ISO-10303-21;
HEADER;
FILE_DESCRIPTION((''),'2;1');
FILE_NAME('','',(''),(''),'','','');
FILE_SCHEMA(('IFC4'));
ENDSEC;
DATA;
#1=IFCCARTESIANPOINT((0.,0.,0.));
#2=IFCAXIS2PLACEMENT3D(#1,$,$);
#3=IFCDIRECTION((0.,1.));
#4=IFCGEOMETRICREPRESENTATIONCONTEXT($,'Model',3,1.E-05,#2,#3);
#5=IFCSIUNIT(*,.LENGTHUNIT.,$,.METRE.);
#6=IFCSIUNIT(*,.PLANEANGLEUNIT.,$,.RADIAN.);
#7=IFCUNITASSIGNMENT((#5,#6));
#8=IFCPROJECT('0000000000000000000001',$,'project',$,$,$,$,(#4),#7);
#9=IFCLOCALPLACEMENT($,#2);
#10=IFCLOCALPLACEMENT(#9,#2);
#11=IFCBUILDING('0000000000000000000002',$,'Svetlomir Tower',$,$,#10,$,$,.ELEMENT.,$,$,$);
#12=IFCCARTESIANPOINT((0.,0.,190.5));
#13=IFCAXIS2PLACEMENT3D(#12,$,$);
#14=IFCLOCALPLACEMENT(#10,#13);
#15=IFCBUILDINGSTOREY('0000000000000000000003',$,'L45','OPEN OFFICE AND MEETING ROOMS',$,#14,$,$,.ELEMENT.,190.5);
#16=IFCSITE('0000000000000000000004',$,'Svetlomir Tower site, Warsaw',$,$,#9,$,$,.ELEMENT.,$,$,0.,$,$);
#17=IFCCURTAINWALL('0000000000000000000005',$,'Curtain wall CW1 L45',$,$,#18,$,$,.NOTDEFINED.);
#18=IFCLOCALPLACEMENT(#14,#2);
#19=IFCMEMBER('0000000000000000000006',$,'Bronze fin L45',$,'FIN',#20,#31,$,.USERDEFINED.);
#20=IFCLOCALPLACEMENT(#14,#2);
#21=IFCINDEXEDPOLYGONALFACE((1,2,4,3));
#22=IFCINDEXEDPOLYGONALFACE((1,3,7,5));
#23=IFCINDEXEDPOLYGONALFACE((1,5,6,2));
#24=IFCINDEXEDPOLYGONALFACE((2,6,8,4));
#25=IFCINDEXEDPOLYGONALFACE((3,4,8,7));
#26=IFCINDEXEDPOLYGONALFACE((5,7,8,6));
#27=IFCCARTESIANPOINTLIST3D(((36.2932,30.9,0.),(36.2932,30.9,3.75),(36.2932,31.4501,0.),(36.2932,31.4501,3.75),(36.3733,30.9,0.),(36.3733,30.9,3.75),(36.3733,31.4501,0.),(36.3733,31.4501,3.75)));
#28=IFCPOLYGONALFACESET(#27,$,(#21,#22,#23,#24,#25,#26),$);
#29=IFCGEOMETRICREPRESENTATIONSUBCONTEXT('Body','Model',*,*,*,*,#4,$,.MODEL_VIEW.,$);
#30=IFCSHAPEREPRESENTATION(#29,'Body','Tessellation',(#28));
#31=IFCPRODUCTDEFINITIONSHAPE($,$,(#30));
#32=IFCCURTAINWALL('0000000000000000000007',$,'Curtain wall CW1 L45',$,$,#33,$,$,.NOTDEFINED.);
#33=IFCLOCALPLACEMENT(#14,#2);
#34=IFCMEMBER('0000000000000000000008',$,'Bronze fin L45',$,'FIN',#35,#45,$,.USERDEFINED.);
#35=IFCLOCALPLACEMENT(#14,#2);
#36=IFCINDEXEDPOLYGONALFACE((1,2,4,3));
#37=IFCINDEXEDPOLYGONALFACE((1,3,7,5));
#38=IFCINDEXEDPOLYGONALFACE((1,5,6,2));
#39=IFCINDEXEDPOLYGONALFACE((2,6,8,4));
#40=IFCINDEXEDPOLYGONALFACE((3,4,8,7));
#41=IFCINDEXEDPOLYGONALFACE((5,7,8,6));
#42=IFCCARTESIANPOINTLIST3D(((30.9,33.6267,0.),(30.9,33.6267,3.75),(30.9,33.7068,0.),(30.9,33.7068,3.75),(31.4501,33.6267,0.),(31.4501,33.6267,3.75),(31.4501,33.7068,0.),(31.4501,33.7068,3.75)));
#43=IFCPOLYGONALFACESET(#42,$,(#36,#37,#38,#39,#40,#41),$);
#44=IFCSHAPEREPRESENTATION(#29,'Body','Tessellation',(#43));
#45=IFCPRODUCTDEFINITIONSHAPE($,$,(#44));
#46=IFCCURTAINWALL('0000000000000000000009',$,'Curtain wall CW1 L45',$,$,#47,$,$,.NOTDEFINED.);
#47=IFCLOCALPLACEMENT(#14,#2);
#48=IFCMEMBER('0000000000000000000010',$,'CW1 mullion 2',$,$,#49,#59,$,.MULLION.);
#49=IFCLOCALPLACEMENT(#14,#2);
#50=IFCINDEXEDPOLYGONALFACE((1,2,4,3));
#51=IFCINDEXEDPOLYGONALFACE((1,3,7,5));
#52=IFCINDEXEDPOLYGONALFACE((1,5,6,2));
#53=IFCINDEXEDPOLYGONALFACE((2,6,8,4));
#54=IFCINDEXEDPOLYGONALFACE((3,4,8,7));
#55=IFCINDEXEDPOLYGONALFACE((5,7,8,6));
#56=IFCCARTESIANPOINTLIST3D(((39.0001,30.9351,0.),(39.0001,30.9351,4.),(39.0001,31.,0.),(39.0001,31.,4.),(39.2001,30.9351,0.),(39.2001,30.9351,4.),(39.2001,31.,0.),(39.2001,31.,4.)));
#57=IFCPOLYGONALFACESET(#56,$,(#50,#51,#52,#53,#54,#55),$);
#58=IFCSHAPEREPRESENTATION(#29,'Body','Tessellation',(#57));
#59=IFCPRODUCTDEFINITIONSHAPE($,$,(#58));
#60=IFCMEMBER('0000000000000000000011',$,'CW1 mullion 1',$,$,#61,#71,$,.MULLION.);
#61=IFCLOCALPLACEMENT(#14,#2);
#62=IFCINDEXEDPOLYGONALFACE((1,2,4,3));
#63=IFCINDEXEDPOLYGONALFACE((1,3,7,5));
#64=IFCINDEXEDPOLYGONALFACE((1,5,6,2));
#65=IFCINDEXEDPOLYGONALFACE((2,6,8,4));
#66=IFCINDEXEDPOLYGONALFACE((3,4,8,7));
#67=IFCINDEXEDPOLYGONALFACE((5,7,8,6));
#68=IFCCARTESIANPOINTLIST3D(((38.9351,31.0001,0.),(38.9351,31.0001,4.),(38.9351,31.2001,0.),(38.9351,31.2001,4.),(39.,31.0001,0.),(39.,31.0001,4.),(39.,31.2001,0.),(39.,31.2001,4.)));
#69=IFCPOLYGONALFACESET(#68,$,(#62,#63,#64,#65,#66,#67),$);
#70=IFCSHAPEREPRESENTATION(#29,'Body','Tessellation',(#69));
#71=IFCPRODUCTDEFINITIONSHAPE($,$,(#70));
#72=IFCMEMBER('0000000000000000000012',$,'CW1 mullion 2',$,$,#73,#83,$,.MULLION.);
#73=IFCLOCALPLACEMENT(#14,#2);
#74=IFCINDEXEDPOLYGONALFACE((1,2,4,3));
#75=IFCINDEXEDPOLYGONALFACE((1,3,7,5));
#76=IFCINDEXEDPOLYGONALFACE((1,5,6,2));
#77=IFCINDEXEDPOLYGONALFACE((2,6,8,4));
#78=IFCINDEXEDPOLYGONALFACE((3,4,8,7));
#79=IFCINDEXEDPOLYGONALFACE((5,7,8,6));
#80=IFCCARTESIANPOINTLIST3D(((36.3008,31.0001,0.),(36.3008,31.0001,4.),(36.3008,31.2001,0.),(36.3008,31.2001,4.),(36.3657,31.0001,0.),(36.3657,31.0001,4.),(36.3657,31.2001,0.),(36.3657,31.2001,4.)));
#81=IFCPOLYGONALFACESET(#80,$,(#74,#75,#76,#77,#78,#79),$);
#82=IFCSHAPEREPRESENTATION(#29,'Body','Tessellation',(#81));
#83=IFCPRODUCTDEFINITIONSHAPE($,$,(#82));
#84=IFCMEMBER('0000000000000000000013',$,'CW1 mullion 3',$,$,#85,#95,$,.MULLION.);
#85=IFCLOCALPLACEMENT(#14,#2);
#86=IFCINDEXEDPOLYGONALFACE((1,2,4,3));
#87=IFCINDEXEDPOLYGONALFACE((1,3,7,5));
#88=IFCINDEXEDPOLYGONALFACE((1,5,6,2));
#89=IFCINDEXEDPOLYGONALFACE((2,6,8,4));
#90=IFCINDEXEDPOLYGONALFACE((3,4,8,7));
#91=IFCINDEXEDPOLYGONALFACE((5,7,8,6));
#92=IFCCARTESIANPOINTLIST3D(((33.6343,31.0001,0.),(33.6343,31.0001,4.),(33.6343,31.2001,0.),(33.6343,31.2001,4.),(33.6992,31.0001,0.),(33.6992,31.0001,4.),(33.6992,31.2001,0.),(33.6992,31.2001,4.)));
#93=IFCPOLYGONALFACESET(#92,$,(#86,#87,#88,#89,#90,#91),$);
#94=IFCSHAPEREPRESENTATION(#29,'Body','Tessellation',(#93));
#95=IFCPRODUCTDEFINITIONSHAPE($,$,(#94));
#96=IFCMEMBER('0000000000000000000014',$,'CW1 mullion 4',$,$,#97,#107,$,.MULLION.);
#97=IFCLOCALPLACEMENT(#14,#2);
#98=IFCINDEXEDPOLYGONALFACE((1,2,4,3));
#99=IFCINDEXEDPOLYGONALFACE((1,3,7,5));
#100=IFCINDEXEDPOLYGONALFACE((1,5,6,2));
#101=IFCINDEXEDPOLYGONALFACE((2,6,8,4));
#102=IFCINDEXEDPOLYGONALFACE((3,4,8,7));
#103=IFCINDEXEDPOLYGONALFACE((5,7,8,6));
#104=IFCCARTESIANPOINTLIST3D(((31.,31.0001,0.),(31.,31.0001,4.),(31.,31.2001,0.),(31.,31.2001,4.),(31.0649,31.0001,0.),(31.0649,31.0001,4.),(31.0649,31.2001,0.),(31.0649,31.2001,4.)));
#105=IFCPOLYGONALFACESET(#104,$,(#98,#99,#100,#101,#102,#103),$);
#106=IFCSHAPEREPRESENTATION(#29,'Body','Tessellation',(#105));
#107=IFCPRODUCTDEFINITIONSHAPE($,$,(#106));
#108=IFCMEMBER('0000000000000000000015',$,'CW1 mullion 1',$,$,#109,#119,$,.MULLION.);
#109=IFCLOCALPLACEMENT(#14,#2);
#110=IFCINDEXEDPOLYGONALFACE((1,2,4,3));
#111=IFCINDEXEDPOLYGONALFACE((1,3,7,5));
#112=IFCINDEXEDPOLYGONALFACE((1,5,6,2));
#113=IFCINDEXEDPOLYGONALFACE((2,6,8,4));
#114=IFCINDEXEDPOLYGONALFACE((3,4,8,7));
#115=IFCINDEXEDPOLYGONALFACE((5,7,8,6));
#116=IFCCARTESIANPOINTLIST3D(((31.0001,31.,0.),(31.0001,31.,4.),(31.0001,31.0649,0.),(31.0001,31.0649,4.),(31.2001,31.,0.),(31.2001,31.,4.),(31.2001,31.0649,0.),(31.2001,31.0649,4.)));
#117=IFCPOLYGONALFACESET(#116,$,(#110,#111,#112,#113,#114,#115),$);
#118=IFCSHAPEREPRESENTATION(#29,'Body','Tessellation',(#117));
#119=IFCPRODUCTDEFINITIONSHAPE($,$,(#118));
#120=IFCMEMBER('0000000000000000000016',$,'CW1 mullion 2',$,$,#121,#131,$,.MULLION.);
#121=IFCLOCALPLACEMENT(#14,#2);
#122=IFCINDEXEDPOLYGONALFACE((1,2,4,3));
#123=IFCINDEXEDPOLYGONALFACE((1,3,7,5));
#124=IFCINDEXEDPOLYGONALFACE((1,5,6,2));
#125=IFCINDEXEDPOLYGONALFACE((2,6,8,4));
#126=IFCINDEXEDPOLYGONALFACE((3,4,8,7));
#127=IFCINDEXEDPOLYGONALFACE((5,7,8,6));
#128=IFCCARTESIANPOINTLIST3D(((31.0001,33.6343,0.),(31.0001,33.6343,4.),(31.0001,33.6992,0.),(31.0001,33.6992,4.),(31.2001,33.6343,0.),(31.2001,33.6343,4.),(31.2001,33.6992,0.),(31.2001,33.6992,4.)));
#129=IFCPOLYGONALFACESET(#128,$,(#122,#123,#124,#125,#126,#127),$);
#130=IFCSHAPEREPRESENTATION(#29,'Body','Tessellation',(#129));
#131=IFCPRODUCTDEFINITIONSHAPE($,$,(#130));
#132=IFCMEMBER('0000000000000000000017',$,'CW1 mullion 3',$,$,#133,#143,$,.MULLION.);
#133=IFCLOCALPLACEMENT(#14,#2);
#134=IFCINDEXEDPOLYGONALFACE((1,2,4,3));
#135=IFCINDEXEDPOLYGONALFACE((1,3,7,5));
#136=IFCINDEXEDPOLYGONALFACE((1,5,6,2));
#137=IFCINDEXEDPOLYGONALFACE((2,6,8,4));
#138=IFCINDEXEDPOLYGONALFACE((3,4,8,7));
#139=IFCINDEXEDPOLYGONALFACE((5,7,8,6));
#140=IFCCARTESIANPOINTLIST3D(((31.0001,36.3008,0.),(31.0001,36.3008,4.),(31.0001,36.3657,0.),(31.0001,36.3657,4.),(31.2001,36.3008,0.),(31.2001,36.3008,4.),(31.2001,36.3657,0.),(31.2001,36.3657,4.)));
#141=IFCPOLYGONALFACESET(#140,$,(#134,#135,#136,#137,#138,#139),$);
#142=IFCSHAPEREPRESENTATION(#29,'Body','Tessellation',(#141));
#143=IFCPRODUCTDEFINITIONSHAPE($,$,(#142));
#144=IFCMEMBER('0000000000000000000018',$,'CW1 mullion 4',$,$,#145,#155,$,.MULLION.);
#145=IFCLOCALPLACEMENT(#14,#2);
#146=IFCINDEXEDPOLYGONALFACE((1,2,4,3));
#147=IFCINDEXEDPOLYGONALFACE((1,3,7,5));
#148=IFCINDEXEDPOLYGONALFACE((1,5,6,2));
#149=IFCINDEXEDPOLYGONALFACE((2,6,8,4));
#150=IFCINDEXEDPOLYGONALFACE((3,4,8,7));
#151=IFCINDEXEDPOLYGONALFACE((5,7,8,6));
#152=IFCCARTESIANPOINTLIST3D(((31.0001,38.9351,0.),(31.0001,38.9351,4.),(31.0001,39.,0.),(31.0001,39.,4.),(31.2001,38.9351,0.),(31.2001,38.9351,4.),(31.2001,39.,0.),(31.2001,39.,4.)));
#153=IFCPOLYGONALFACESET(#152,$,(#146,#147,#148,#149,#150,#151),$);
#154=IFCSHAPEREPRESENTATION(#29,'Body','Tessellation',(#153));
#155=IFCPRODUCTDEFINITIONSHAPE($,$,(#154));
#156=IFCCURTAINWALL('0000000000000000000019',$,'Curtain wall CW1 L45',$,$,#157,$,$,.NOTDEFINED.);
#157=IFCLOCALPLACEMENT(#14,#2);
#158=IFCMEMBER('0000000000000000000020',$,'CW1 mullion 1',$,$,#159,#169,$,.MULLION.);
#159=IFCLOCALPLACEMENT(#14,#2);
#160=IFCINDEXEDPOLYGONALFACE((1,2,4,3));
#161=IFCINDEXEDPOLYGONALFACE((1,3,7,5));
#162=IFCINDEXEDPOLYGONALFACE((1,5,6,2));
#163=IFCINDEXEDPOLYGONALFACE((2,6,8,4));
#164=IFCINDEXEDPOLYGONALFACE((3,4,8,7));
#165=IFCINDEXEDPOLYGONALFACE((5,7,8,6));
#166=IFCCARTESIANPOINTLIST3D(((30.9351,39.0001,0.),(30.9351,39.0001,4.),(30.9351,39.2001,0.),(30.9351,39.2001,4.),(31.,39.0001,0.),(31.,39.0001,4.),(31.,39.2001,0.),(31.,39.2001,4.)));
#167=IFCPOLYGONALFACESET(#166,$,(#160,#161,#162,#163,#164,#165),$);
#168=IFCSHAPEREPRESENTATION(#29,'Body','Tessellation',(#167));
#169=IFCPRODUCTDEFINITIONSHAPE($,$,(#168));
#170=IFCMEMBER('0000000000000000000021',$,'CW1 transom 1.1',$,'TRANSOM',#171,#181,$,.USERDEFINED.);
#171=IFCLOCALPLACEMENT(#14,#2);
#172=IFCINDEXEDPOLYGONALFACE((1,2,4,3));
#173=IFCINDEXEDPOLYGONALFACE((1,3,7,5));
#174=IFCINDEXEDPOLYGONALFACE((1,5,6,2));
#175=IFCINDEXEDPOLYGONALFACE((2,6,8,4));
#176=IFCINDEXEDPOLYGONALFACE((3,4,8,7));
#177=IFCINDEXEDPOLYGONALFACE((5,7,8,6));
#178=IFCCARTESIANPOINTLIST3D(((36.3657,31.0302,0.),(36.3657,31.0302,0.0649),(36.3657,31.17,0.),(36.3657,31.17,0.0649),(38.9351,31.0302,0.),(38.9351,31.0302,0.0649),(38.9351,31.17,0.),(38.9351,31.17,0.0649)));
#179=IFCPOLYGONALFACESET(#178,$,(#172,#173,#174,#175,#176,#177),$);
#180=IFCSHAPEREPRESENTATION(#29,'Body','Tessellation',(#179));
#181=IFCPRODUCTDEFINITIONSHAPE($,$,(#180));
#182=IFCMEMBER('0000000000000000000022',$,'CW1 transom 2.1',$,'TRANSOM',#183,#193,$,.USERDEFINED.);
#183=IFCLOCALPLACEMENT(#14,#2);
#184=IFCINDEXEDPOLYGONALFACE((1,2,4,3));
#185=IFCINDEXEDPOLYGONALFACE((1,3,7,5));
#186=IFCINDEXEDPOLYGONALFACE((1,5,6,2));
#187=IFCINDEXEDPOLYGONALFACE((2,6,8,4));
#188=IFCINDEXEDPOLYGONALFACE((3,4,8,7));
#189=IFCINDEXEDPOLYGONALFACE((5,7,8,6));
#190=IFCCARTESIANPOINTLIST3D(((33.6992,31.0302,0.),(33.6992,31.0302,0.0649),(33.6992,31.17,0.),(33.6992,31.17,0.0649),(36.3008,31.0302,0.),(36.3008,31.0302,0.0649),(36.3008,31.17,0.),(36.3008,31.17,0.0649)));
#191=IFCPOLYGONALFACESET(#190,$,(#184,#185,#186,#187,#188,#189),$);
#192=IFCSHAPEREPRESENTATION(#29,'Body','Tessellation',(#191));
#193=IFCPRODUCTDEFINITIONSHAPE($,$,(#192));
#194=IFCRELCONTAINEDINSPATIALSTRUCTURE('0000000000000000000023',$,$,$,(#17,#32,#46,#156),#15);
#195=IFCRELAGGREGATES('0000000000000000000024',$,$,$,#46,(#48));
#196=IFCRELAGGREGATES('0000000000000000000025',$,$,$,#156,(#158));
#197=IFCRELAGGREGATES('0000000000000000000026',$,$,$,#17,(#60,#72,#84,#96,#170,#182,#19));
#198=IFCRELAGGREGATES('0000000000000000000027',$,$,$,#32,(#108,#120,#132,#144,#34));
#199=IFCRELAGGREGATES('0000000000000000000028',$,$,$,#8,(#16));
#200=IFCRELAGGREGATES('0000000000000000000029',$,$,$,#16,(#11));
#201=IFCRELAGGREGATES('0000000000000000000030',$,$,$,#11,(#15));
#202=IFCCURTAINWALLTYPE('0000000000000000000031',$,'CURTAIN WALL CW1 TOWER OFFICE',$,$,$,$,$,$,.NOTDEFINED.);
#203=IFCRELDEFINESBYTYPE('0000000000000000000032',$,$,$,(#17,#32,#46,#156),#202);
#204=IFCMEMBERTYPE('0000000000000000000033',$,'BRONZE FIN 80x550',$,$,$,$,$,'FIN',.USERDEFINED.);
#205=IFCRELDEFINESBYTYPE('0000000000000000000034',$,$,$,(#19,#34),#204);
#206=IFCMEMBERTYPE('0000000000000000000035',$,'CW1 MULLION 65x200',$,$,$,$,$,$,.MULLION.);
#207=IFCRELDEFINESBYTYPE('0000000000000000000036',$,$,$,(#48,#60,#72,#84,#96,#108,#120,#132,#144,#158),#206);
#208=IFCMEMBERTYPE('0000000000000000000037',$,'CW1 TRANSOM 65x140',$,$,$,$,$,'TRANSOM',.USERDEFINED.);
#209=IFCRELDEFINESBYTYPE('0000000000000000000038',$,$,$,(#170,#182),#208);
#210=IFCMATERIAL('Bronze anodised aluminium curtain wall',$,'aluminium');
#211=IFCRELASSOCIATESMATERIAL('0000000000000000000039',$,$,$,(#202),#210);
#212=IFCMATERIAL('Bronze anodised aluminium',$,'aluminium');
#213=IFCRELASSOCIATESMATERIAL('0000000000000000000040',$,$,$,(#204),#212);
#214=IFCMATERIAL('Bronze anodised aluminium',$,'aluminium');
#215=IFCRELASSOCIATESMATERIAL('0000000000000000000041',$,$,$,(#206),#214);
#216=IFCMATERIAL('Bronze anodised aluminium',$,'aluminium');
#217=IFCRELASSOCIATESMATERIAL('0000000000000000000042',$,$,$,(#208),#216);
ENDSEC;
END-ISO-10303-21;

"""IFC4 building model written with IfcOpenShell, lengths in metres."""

from ifc_helpers import new_model, si_unit, direction, frame, origin, origin_2d, place, context, subcontext, project, spatial, rectangle, extrude, material, material_profile, profile_set, type_object, element, aggregate, save


model = new_model("IFC4")

# Units and contexts
model_context = context("Model", 3, precision=1e-05, world=origin(), true_north=direction((0.0, 1.0)))
body_context = subcontext(model_context, "Body", "Model", "MODEL_VIEW")
ifc_project = project(units=[si_unit("LENGTHUNIT", "METRE"), si_unit("PLANEANGLEUNIT", "RADIAN")], contexts=[model_context])

# Site, building, storey
site_placement = place(None, origin())
site = spatial("IfcSite", under=ifc_project, at=site_placement, Name="Svetlomir Tower site, Warsaw", CompositionType="ELEMENT", RefElevation=0.0)
building_placement = place(site_placement, origin())
building = spatial("IfcBuilding", under=site, at=building_placement, Name="Svetlomir Tower", CompositionType="ELEMENT")
storey_placement = place(building_placement, frame((0.0, 0.0, 190.5)))
storey = spatial("IfcBuildingStorey", under=building, at=storey_placement, Name="L45", Description="OPEN OFFICE AND MEETING ROOMS", CompositionType="ELEMENT", Elevation=190.5)

# Curtain walls, members
ifc_material_1 = material(Name="Bronze anodised aluminium curtain wall", Category="aluminium")
curtain_wall_type = type_object("IfcCurtainWallType", Name="CURTAIN WALL CW1 TOWER OFFICE", PredefinedType="NOTDEFINED", material=ifc_material_1)
curtain_wall_1_placement = place(storey_placement, origin())
curtain_wall_1 = element("IfcCurtainWall", 1, at=curtain_wall_1_placement, inside=storey, type_object=curtain_wall_type, Name="Curtain wall CW1 L45", PredefinedType="NOTDEFINED")
ifc_material_2 = material(Name="Bronze anodised aluminium", Category="aluminium")
ifc_material_profile_1 = material_profile(ifc_material_2, rectangle(XDim=0.0801, YDim=0.55, at=origin_2d()), Name="FIN 80x550")
ifc_profile_set_1 = profile_set([ifc_material_profile_1], Name="Bronze anodised aluminium 6063-T6")
member_type_1 = type_object("IfcMemberType", Name="BRONZE FIN 80x550", ElementType="FIN", PredefinedType="USERDEFINED", material=ifc_profile_set_1)
member_1_placement = place(storey_placement, frame((36.3333, 31.175, 0.0), z_axis=(0.0, 0.0, 1.0), x_axis=(1.0, 0.0, 0.0)))
member_1 = element("IfcMember", 2, at=member_1_placement, type_object=member_type_1, Name="Bronze fin L45", ObjectType="FIN", PredefinedType="USERDEFINED", context=body_context, shape_type="SweptSolid", body=[
    extrude(rectangle(XDim=0.0801, YDim=0.55, at=origin_2d()), origin(), (0.0, 0.0, 1.0), 3.75),
])
curtain_wall_2_placement = place(storey_placement, origin())
curtain_wall_2 = element("IfcCurtainWall", 3, at=curtain_wall_2_placement, inside=storey, type_object=curtain_wall_type, Name="Curtain wall CW1 L45", PredefinedType="NOTDEFINED")
member_2_placement = place(storey_placement, frame((31.175, 33.6667, 0.0), z_axis=(0.0, 0.0, 1.0), x_axis=(0.0, 1.0, 0.0)))
member_2 = element("IfcMember", 4, at=member_2_placement, type_object=member_type_1, Name="Bronze fin L45", ObjectType="FIN", PredefinedType="USERDEFINED", context=body_context, shape_type="SweptSolid", body=[
    extrude(rectangle(XDim=0.0801, YDim=0.55, at=origin_2d()), origin(), (0.0, 0.0, 1.0), 3.75),
])
curtain_wall_3_placement = place(storey_placement, origin())
curtain_wall_3 = element("IfcCurtainWall", 5, at=curtain_wall_3_placement, inside=storey, type_object=curtain_wall_type, Name="Curtain wall CW1 L45", PredefinedType="NOTDEFINED")
ifc_material_3 = material(Name="Bronze anodised aluminium", Category="aluminium")
ifc_material_profile_2 = material_profile(ifc_material_3, rectangle(XDim=0.0649, YDim=0.2, at=origin_2d()), Name="AL 65x200")
ifc_profile_set_2 = profile_set([ifc_material_profile_2], Name="Bronze anodised aluminium 6063-T6")
member_type_2 = type_object("IfcMemberType", Name="CW1 MULLION 65x200", PredefinedType="MULLION", material=ifc_profile_set_2)
member_3_placement = place(storey_placement, frame((39.1001, 30.9675, 0.0), z_axis=(0.0, 0.0, 1.0), x_axis=(0.0, 1.0, 0.0)))
member_3 = element("IfcMember", 6, at=member_3_placement, type_object=member_type_2, Name="CW1 mullion 2", PredefinedType="MULLION", context=body_context, shape_type="SweptSolid", body=[
    extrude(rectangle(XDim=0.0649, YDim=0.2, at=origin_2d()), origin(), (0.0, 0.0, 1.0), 4.0),
])
aggregate(curtain_wall_3, [member_3])

# Members
member_4_placement = place(storey_placement, frame((38.9675, 31.1001, 0.0), z_axis=(0.0, 0.0, 1.0), x_axis=(-1.0, 0.0, 0.0)))
member_4 = element("IfcMember", 7, at=member_4_placement, type_object=member_type_2, Name="CW1 mullion 1", PredefinedType="MULLION", context=body_context, shape_type="SweptSolid", body=[
    extrude(rectangle(XDim=0.0649, YDim=0.2, at=origin_2d()), origin(), (0.0, 0.0, 1.0), 4.0),
])
member_5_placement = place(storey_placement, frame((36.3333, 31.1001, 0.0), z_axis=(0.0, 0.0, 1.0), x_axis=(-1.0, 0.0, 0.0)))
member_5 = element("IfcMember", 8, at=member_5_placement, type_object=member_type_2, Name="CW1 mullion 2", PredefinedType="MULLION", context=body_context, shape_type="SweptSolid", body=[
    extrude(rectangle(XDim=0.0649, YDim=0.2, at=origin_2d()), origin(), (0.0, 0.0, 1.0), 4.0),
])
member_6_placement = place(storey_placement, frame((33.6667, 31.1001, 0.0), z_axis=(0.0, 0.0, 1.0), x_axis=(-1.0, 0.0, 0.0)))
member_6 = element("IfcMember", 9, at=member_6_placement, type_object=member_type_2, Name="CW1 mullion 3", PredefinedType="MULLION", context=body_context, shape_type="SweptSolid", body=[
    extrude(rectangle(XDim=0.0649, YDim=0.2, at=origin_2d()), origin(), (0.0, 0.0, 1.0), 4.0),
])
member_7_placement = place(storey_placement, frame((31.0325, 31.1001, 0.0), z_axis=(0.0, 0.0, 1.0), x_axis=(-1.0, 0.0, 0.0)))
member_7 = element("IfcMember", 10, at=member_7_placement, type_object=member_type_2, Name="CW1 mullion 4", PredefinedType="MULLION", context=body_context, shape_type="SweptSolid", body=[
    extrude(rectangle(XDim=0.0649, YDim=0.2, at=origin_2d()), origin(), (0.0, 0.0, 1.0), 4.0),
])
member_8_placement = place(storey_placement, frame((31.1001, 31.0325, 0.0), z_axis=(0.0, 0.0, 1.0), x_axis=(0.0, 1.0, 0.0)))
member_8 = element("IfcMember", 11, at=member_8_placement, type_object=member_type_2, Name="CW1 mullion 1", PredefinedType="MULLION", context=body_context, shape_type="SweptSolid", body=[
    extrude(rectangle(XDim=0.0649, YDim=0.2, at=origin_2d()), origin(), (0.0, 0.0, 1.0), 4.0),
])
member_9_placement = place(storey_placement, frame((31.1001, 33.6667, 0.0), z_axis=(0.0, 0.0, 1.0), x_axis=(0.0, 1.0, 0.0)))
member_9 = element("IfcMember", 12, at=member_9_placement, type_object=member_type_2, Name="CW1 mullion 2", PredefinedType="MULLION", context=body_context, shape_type="SweptSolid", body=[
    extrude(rectangle(XDim=0.0649, YDim=0.2, at=origin_2d()), origin(), (0.0, 0.0, 1.0), 4.0),
])
member_10_placement = place(storey_placement, frame((31.1001, 36.3333, 0.0), z_axis=(0.0, 0.0, 1.0), x_axis=(0.0, 1.0, 0.0)))
member_10 = element("IfcMember", 13, at=member_10_placement, type_object=member_type_2, Name="CW1 mullion 3", PredefinedType="MULLION", context=body_context, shape_type="SweptSolid", body=[
    extrude(rectangle(XDim=0.0649, YDim=0.2, at=origin_2d()), origin(), (0.0, 0.0, 1.0), 4.0),
])
member_11_placement = place(storey_placement, frame((31.1001, 38.9675, 0.0), z_axis=(0.0, 0.0, 1.0), x_axis=(0.0, 1.0, 0.0)))
member_11 = element("IfcMember", 14, at=member_11_placement, type_object=member_type_2, Name="CW1 mullion 4", PredefinedType="MULLION", context=body_context, shape_type="SweptSolid", body=[
    extrude(rectangle(XDim=0.0649, YDim=0.2, at=origin_2d()), origin(), (0.0, 0.0, 1.0), 4.0),
])

# Curtain wall, member
curtain_wall_4_placement = place(storey_placement, origin())
curtain_wall_4 = element("IfcCurtainWall", 15, at=curtain_wall_4_placement, inside=storey, type_object=curtain_wall_type, Name="Curtain wall CW1 L45", PredefinedType="NOTDEFINED")
member_12_placement = place(storey_placement, frame((30.9675, 39.1001, 0.0), z_axis=(0.0, 0.0, 1.0), x_axis=(-1.0, 0.0, 0.0)))
member_12 = element("IfcMember", 16, at=member_12_placement, type_object=member_type_2, Name="CW1 mullion 1", PredefinedType="MULLION", context=body_context, shape_type="SweptSolid", body=[
    extrude(rectangle(XDim=0.0649, YDim=0.2, at=origin_2d()), origin(), (0.0, 0.0, 1.0), 4.0),
])

# Members
ifc_material_4 = material(Name="Bronze anodised aluminium", Category="aluminium")
ifc_material_profile_3 = material_profile(ifc_material_4, rectangle(XDim=0.1399, YDim=0.0649, at=origin_2d()), Name="AL 140x65")
ifc_profile_set_3 = profile_set([ifc_material_profile_3], Name="Bronze anodised aluminium 6063-T6")
member_type_3 = type_object("IfcMemberType", Name="CW1 TRANSOM 65x140", ElementType="TRANSOM", PredefinedType="USERDEFINED", material=ifc_profile_set_3)
member_13_placement = place(storey_placement, frame((38.9351, 31.1001, 0.0325), z_axis=(-1.0, 0.0, 0.0), x_axis=(0.0, -1.0, 0.0)))
member_13 = element("IfcMember", 17, at=member_13_placement, type_object=member_type_3, Name="CW1 transom 1.1", ObjectType="TRANSOM", PredefinedType="USERDEFINED", context=body_context, shape_type="SweptSolid", body=[
    extrude(rectangle(XDim=0.1399, YDim=0.0649, at=origin_2d()), origin(), (0.0, 0.0, 1.0), 2.5693),
])
member_14_placement = place(storey_placement, frame((36.3008, 31.1001, 0.0325), z_axis=(-1.0, 0.0, 0.0), x_axis=(0.0, -1.0, 0.0)))
member_14 = element("IfcMember", 18, at=member_14_placement, type_object=member_type_3, Name="CW1 transom 2.1", ObjectType="TRANSOM", PredefinedType="USERDEFINED", context=body_context, shape_type="SweptSolid", body=[
    extrude(rectangle(XDim=0.1399, YDim=0.0649, at=origin_2d()), origin(), (0.0, 0.0, 1.0), 2.6016),
])
aggregate(curtain_wall_4, [member_12])

aggregate(curtain_wall_1, [member_4, member_5, member_6, member_7, member_13, member_14, member_1])
aggregate(curtain_wall_2, [member_8, member_9, member_10, member_11, member_2])

save(model, "model.ifc")
